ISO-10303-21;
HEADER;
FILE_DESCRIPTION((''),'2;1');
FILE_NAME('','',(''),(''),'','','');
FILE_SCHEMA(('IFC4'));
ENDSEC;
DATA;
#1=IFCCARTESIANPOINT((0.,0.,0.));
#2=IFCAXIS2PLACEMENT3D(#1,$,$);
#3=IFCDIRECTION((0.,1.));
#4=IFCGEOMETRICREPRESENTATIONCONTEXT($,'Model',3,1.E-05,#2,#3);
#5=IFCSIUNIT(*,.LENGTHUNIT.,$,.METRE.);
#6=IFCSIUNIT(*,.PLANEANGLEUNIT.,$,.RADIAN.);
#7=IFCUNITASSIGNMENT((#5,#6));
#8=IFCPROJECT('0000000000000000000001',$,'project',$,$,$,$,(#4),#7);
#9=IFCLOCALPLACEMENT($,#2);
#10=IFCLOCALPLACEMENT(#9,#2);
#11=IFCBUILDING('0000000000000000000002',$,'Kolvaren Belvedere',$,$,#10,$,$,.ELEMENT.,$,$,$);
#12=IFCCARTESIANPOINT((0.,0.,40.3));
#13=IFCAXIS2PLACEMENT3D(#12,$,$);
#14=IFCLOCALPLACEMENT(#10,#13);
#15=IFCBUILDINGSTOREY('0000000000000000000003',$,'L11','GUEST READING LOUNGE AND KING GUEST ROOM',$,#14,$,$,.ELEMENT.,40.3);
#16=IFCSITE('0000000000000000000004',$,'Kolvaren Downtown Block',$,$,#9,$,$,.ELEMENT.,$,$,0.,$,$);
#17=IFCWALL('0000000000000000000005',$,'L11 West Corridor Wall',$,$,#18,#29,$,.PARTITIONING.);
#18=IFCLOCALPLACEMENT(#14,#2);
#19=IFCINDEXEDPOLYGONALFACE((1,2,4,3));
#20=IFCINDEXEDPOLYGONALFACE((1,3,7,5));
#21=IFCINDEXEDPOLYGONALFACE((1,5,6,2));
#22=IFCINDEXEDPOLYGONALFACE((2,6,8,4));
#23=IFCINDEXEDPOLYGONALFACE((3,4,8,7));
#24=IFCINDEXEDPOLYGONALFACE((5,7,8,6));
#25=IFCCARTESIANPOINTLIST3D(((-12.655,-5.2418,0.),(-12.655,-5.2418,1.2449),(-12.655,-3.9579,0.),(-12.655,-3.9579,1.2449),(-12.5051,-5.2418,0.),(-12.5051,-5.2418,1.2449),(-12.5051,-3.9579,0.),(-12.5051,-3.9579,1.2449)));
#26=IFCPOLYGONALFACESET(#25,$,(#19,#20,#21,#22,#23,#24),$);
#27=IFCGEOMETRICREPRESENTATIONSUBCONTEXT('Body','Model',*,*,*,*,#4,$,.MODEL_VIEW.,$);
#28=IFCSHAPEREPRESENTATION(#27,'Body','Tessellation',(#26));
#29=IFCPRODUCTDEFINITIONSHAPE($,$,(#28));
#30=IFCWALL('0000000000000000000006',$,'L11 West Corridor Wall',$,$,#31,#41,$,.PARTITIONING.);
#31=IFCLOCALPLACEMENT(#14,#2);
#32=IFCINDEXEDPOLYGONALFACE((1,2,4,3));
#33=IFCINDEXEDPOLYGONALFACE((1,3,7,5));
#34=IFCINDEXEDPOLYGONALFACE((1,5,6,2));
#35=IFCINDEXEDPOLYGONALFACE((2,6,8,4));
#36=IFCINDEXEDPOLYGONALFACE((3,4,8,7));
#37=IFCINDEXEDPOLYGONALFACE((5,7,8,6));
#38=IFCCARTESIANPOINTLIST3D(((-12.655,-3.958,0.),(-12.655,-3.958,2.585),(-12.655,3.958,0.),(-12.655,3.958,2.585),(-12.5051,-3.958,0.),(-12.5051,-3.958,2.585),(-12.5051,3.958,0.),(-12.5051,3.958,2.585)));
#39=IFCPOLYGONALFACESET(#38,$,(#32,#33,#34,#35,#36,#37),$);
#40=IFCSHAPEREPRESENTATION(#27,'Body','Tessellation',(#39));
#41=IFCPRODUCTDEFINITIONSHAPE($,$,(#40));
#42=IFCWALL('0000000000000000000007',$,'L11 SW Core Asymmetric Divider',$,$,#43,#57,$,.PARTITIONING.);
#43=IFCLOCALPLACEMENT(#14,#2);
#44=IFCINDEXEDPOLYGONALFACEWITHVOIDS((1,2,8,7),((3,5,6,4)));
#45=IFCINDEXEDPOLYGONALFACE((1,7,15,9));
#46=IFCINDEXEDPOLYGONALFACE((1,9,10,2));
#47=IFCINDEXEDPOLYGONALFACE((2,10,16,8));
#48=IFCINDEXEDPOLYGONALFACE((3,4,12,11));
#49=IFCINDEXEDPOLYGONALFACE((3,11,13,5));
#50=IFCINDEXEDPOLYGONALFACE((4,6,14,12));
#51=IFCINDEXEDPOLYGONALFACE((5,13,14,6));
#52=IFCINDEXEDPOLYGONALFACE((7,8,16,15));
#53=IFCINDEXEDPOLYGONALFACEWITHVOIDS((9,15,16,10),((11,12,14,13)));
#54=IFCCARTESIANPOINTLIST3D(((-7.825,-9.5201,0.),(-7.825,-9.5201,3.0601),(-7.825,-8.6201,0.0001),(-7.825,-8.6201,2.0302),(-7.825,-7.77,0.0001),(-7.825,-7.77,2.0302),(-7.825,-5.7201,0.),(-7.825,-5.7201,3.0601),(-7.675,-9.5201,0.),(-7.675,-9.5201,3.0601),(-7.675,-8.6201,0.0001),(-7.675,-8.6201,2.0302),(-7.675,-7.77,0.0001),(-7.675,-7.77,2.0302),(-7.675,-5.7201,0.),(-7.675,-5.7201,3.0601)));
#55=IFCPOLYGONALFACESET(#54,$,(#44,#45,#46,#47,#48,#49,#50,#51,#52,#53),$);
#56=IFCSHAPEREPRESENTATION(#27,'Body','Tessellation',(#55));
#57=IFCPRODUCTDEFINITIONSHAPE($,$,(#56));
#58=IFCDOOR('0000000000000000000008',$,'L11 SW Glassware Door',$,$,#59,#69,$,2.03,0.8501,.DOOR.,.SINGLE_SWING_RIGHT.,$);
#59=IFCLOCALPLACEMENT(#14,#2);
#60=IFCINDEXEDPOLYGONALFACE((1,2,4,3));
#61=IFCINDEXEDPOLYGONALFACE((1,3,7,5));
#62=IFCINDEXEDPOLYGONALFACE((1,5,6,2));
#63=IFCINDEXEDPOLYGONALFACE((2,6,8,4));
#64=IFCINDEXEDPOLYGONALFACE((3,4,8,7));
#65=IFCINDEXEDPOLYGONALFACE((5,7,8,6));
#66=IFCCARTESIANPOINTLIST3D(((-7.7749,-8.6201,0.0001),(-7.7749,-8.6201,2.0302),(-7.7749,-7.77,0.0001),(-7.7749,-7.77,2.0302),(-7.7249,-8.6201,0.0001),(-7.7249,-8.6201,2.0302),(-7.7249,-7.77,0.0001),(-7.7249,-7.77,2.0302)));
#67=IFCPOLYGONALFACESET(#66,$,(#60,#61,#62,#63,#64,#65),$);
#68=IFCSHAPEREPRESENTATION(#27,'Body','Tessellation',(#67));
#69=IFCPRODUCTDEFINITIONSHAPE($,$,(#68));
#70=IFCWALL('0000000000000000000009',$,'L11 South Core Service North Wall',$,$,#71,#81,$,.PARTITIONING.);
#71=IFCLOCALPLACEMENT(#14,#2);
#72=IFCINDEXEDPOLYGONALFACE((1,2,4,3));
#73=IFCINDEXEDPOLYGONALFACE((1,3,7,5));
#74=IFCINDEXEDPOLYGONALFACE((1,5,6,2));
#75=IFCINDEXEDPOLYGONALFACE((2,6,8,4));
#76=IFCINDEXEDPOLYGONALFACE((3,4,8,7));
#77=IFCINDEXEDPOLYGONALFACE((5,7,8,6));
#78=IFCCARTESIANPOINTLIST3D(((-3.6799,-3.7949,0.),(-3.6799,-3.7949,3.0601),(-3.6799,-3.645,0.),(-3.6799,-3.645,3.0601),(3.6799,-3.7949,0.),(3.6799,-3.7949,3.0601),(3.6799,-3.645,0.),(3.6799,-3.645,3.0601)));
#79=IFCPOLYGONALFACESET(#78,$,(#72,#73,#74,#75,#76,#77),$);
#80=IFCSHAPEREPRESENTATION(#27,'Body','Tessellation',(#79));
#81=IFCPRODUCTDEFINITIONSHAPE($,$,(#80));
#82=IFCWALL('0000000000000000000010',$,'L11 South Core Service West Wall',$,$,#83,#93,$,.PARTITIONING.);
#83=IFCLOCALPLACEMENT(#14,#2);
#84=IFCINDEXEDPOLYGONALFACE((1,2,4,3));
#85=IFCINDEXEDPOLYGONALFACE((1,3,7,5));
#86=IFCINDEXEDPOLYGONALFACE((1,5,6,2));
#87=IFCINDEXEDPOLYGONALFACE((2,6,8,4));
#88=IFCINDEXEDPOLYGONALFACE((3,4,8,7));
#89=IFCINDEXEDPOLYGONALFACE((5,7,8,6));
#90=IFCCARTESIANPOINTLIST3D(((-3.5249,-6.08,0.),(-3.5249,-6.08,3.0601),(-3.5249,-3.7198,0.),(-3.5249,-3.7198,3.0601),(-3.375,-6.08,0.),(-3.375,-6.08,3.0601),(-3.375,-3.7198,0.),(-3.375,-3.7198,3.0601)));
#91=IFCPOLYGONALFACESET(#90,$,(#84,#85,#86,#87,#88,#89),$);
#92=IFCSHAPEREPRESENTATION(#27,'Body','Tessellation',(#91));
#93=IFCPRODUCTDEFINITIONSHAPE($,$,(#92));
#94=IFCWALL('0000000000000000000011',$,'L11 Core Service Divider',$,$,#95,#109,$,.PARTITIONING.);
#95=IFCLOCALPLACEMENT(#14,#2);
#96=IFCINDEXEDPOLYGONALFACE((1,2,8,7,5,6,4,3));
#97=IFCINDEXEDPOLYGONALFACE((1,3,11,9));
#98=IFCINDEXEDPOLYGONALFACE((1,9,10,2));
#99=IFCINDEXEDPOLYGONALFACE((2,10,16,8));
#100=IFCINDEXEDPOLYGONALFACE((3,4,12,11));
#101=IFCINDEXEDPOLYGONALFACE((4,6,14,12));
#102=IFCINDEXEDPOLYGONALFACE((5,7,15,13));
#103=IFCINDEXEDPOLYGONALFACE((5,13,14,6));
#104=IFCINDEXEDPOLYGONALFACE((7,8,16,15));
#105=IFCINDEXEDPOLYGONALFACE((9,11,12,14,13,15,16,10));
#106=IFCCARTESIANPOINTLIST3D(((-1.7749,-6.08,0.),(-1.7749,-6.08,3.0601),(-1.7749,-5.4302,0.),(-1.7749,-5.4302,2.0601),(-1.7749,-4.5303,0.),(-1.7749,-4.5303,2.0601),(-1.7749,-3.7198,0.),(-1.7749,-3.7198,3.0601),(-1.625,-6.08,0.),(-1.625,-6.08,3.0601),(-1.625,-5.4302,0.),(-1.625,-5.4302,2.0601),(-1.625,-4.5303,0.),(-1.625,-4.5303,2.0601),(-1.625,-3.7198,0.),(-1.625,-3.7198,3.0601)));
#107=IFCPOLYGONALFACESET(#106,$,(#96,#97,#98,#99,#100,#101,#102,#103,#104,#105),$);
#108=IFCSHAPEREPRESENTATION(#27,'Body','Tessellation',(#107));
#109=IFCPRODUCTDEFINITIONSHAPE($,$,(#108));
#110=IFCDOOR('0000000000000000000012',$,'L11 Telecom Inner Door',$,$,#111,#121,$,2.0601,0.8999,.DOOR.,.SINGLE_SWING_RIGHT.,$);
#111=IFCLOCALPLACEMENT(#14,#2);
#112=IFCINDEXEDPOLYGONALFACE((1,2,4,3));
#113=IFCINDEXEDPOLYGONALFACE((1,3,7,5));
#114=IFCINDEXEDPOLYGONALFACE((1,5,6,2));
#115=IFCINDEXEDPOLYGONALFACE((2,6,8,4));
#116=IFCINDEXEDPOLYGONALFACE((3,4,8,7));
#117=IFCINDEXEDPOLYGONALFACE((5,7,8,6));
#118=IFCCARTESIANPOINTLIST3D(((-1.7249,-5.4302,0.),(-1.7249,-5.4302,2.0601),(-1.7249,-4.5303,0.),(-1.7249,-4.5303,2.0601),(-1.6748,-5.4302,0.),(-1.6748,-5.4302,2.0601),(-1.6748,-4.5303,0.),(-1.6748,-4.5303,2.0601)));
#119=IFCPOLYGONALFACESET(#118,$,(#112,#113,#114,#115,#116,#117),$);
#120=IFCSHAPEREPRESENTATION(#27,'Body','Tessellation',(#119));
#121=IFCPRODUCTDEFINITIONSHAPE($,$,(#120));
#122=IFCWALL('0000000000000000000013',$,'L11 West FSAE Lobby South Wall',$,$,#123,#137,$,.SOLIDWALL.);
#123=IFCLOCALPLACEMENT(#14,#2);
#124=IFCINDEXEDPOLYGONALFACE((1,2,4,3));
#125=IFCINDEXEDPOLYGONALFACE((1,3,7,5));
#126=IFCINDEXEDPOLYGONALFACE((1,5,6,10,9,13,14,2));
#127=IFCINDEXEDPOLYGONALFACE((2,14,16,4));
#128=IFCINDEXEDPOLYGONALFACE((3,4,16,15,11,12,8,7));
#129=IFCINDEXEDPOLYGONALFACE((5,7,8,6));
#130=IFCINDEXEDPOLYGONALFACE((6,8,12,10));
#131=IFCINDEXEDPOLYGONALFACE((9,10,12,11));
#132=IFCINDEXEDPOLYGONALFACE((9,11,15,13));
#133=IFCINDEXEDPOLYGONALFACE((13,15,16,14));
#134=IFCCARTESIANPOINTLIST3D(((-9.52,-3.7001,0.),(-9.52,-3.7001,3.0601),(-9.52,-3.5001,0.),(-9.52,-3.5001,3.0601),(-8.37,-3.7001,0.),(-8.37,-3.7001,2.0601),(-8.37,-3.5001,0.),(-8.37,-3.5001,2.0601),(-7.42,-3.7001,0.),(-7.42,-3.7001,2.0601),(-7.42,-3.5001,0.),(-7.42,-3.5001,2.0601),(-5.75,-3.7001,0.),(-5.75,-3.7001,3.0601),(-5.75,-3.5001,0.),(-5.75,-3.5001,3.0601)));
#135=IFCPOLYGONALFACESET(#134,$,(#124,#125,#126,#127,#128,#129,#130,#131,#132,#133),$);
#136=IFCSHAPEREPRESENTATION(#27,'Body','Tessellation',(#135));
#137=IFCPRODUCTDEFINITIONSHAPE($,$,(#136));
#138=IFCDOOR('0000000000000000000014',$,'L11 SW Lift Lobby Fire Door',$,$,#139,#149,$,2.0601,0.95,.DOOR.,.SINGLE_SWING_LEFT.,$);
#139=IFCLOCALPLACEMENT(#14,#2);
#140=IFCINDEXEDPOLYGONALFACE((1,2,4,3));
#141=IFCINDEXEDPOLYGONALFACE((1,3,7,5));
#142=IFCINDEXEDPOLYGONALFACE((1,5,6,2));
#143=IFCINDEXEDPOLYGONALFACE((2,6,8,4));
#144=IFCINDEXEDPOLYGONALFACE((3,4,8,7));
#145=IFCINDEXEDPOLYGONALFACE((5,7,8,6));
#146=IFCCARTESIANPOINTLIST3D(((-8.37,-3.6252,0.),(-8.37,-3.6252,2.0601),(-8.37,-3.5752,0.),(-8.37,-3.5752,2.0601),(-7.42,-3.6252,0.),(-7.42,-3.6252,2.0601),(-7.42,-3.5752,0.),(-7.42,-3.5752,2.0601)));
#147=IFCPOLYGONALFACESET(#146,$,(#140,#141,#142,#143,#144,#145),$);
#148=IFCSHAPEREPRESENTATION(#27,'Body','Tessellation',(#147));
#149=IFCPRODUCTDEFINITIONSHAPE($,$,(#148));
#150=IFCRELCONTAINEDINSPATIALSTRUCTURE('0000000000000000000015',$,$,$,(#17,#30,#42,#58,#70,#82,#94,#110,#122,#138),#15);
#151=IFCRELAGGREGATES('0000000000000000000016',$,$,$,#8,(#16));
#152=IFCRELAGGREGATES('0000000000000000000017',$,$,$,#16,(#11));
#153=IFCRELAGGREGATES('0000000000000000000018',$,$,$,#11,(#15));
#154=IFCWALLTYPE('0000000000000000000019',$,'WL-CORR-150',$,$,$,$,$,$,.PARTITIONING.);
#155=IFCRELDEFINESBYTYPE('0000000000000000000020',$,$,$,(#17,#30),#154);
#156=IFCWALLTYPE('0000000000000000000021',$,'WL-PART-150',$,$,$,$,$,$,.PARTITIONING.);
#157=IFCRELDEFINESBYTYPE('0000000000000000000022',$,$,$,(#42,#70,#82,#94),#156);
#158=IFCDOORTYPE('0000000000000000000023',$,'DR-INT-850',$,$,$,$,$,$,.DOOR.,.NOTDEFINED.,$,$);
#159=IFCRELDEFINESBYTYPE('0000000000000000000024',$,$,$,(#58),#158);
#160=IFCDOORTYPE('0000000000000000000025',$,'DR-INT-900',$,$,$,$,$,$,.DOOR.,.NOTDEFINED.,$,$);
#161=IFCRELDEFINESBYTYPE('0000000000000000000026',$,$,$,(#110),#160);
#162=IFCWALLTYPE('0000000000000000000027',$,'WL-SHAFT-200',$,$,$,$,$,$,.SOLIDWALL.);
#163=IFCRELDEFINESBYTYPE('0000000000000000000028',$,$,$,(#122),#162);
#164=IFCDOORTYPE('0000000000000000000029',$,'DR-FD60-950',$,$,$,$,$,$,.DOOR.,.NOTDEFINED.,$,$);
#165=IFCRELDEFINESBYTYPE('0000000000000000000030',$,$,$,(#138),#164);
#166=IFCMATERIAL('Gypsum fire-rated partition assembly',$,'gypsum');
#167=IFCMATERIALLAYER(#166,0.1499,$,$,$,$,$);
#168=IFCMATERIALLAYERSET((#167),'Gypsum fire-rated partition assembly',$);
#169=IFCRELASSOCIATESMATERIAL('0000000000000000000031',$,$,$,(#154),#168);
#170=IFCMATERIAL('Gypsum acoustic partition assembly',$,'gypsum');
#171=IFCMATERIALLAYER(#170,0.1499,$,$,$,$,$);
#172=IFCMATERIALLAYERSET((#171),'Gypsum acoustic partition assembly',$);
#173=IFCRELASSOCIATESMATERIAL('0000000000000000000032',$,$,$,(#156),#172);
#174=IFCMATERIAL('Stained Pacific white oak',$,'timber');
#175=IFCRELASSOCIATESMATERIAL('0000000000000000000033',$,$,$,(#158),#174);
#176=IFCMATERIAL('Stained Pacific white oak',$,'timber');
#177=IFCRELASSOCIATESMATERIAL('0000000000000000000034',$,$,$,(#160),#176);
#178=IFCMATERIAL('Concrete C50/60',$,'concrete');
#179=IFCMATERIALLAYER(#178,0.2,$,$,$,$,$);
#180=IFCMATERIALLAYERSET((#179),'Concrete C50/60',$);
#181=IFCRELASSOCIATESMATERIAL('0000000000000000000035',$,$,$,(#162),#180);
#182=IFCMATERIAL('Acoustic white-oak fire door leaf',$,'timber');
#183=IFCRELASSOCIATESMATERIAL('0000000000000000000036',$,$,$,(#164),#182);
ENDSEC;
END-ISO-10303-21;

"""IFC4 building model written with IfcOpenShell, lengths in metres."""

from ifc_helpers import new_model, si_unit, direction, frame, frame_2d, origin, place, context, subcontext, project, spatial, rectangle, extrude, material, layer, layer_set, type_object, element, fill, save


model = new_model("IFC4")

# Units and contexts
model_context = context("Model", 3, precision=1e-05, world=origin(), true_north=direction((0.0, 1.0)))
body_context = subcontext(model_context, "Body", "Model", "MODEL_VIEW")
ifc_project = project(units=[si_unit("LENGTHUNIT", "METRE"), si_unit("PLANEANGLEUNIT", "RADIAN")], contexts=[model_context])

# Site, building, storey
site_placement = place(None, origin())
site = spatial("IfcSite", under=ifc_project, at=site_placement, Name="Kolvaren Downtown Block", CompositionType="ELEMENT", RefElevation=0.0)
building_placement = place(site_placement, origin())
building = spatial("IfcBuilding", under=site, at=building_placement, Name="Kolvaren Belvedere", CompositionType="ELEMENT")
storey_placement = place(building_placement, frame((0.0, 0.0, 40.3)))
storey = spatial("IfcBuildingStorey", under=building, at=storey_placement, Name="L11", Description="GUEST READING LOUNGE AND KING GUEST ROOM", CompositionType="ELEMENT", Elevation=40.3)

# Walls
ifc_material_1 = material(Name="Gypsum fire-rated partition assembly", Category="gypsum")
ifc_layer_1 = layer(ifc_material_1, 0.1499)
ifc_layer_set_1 = layer_set([ifc_layer_1], Name="Gypsum fire-rated partition assembly")
wall_type_1 = type_object("IfcWallType", Name="WL-CORR-150", PredefinedType="PARTITIONING", material=ifc_layer_set_1)
wall_1_placement = place(storey_placement, frame((-12.5801, -5.2419, 0.0), z_axis=(0.0, 0.0, 1.0), x_axis=(0.0, 1.0, 0.0)))
element("IfcWall", 1, at=wall_1_placement, inside=storey, type_object=wall_type_1, Name="L11 West Corridor Wall", PredefinedType="PARTITIONING", context=body_context, shape_type="SweptSolid", body=[
    extrude(rectangle(XDim=1.2839, YDim=0.1499, at=frame_2d((0.6421, 0.0))), origin(), (0.0, 0.0, 1.0), 1.2449),
])
wall_2_placement = place(storey_placement, frame((-12.5801, -3.958, 0.0), z_axis=(0.0, 0.0, 1.0), x_axis=(0.0, 1.0, 0.0)))
element("IfcWall", 2, at=wall_2_placement, inside=storey, type_object=wall_type_1, Name="L11 West Corridor Wall", PredefinedType="PARTITIONING", context=body_context, shape_type="SweptSolid", body=[
    extrude(rectangle(XDim=7.916, YDim=0.1499, at=frame_2d((3.958, 0.0))), origin(), (0.0, 0.0, 1.0), 2.585),
])

# Wall, opening, door
ifc_material_2 = material(Name="Gypsum acoustic partition assembly", Category="gypsum")
ifc_layer_2 = layer(ifc_material_2, 0.1499)
ifc_layer_set_2 = layer_set([ifc_layer_2], Name="Gypsum acoustic partition assembly")
wall_type_2 = type_object("IfcWallType", Name="WL-PART-150", PredefinedType="PARTITIONING", material=ifc_layer_set_2)
wall_3_placement = place(storey_placement, frame((-7.75, -9.52, 0.0), z_axis=(0.0, 0.0, 1.0), x_axis=(0.0, 1.0, 0.0)))
wall_3 = element("IfcWall", 3, at=wall_3_placement, inside=storey, type_object=wall_type_2, Name="L11 SW Core Asymmetric Divider", PredefinedType="PARTITIONING", context=body_context, shape_type="SweptSolid", body=[
    extrude(rectangle(XDim=3.8, YDim=0.1499, at=frame_2d((1.8999, 0.0))), origin(), (0.0, 0.0, 1.0), 3.0601),
])
opening_1_placement = place(wall_3_placement, frame((0.8999, 0.0, 0.0)))
opening_1 = element("IfcOpeningElement", 4, at=opening_1_placement, cuts=wall_3, PredefinedType="OPENING", context=body_context, shape_type="SweptSolid", body=[
    extrude(rectangle(XDim=0.8501, YDim=2.03, at=frame_2d((0.425, 1.0151))), frame((0.0, 0.085, 0.0), z_axis=(0.0, -1.0, 0.0), x_axis=(1.0, 0.0, 0.0)), (0.0, 0.0, 1.0), 0.1699),
])
ifc_material_3 = material(Name="Stained Pacific white oak", Category="timber")
door_type_1 = type_object("IfcDoorType", Name="DR-INT-850", OperationType="NOTDEFINED", PredefinedType="DOOR", material=ifc_material_3)
door_1_placement = place(opening_1_placement, origin())
door_1 = element("IfcDoor", 5, at=door_1_placement, inside=storey, type_object=door_type_1, Name="L11 SW Glassware Door", OperationType="SINGLE_SWING_RIGHT", OverallHeight=2.03, OverallWidth=0.8501, PredefinedType="DOOR", context=body_context, shape_type="SweptSolid", body=[
    extrude(rectangle(XDim=0.8501, YDim=2.03, at=frame_2d((0.425, 1.0151))), frame((0.0, 0.0249, 0.0), z_axis=(0.0, -1.0, 0.0), x_axis=(1.0, 0.0, 0.0)), (0.0, 0.0, 1.0), 0.05),
])
fill(opening_1, door_1)

# Walls
wall_4_placement = place(storey_placement, frame((-3.6799, -3.72, 0.0), z_axis=(0.0, 0.0, 1.0), x_axis=(1.0, 0.0, 0.0)))
element("IfcWall", 6, at=wall_4_placement, inside=storey, type_object=wall_type_2, Name="L11 South Core Service North Wall", PredefinedType="PARTITIONING", context=body_context, shape_type="SweptSolid", body=[
    extrude(rectangle(XDim=7.3599, YDim=0.1499, at=frame_2d((3.6799, 0.0))), origin(), (0.0, 0.0, 1.0), 3.0601),
])
wall_5_placement = place(storey_placement, frame((-3.45, -6.0801, 0.0), z_axis=(0.0, 0.0, 1.0), x_axis=(0.0, 1.0, 0.0)))
element("IfcWall", 7, at=wall_5_placement, inside=storey, type_object=wall_type_2, Name="L11 South Core Service West Wall", PredefinedType="PARTITIONING", context=body_context, shape_type="SweptSolid", body=[
    extrude(rectangle(XDim=2.3601, YDim=0.1499, at=frame_2d((1.1802, 0.0))), origin(), (0.0, 0.0, 1.0), 3.0601),
])

# Walls, openings, doors
wall_6_placement = place(storey_placement, frame((-1.7, -6.0801, 0.0), z_axis=(0.0, 0.0, 1.0), x_axis=(0.0, 1.0, 0.0)))
wall_6 = element("IfcWall", 8, at=wall_6_placement, inside=storey, type_object=wall_type_2, Name="L11 Core Service Divider", PredefinedType="PARTITIONING", context=body_context, shape_type="SweptSolid", body=[
    extrude(rectangle(XDim=2.3601, YDim=0.1499, at=frame_2d((1.1802, 0.0))), origin(), (0.0, 0.0, 1.0), 3.0601),
])
opening_2_placement = place(wall_6_placement, frame((0.6499, 0.0, 0.0)))
opening_2 = element("IfcOpeningElement", 9, at=opening_2_placement, cuts=wall_6, PredefinedType="OPENING", context=body_context, shape_type="SweptSolid", body=[
    extrude(rectangle(XDim=0.8999, YDim=2.0601, at=frame_2d((0.45, 1.03))), frame((0.0, 0.085, 0.0), z_axis=(0.0, -1.0, 0.0), x_axis=(1.0, 0.0, 0.0)), (0.0, 0.0, 1.0), 0.1699),
])
ifc_material_4 = material(Name="Stained Pacific white oak", Category="timber")
door_type_2 = type_object("IfcDoorType", Name="DR-INT-900", OperationType="NOTDEFINED", PredefinedType="DOOR", material=ifc_material_4)
door_2_placement = place(opening_2_placement, origin())
door_2 = element("IfcDoor", 10, at=door_2_placement, inside=storey, type_object=door_type_2, Name="L11 Telecom Inner Door", OperationType="SINGLE_SWING_RIGHT", OverallHeight=2.0601, OverallWidth=0.8999, PredefinedType="DOOR", context=body_context, shape_type="SweptSolid", body=[
    extrude(rectangle(XDim=0.8999, YDim=2.0601, at=frame_2d((0.45, 1.03))), frame((0.0, 0.0249, 0.0), z_axis=(0.0, -1.0, 0.0), x_axis=(1.0, 0.0, 0.0)), (0.0, 0.0, 1.0), 0.05),
])
fill(opening_2, door_2)
ifc_material_5 = material(Name="Concrete C50/60", Category="concrete")
ifc_layer_3 = layer(ifc_material_5, 0.2)
ifc_layer_set_3 = layer_set([ifc_layer_3], Name="Concrete C50/60")
wall_type_3 = type_object("IfcWallType", Name="WL-SHAFT-200", PredefinedType="SOLIDWALL", material=ifc_layer_set_3)
wall_7_placement = place(storey_placement, frame((-9.52, -3.6001, 0.0), z_axis=(0.0, 0.0, 1.0), x_axis=(1.0, 0.0, 0.0)))
wall_7 = element("IfcWall", 11, at=wall_7_placement, inside=storey, type_object=wall_type_3, Name="L11 West FSAE Lobby South Wall", PredefinedType="SOLIDWALL", context=body_context, shape_type="SweptSolid", body=[
    extrude(rectangle(XDim=3.77, YDim=0.2, at=frame_2d((1.885, 0.0))), origin(), (0.0, 0.0, 1.0), 3.0601),
])
opening_3_placement = place(wall_7_placement, frame((1.1499, 0.0, 0.0)))
opening_3 = element("IfcOpeningElement", 12, at=opening_3_placement, cuts=wall_7, PredefinedType="OPENING", context=body_context, shape_type="SweptSolid", body=[
    extrude(rectangle(XDim=0.95, YDim=2.0601, at=frame_2d((0.4751, 1.03))), frame((0.0, 0.1099, 0.0), z_axis=(0.0, -1.0, 0.0), x_axis=(1.0, 0.0, 0.0)), (0.0, 0.0, 1.0), 0.22),
])
ifc_material_6 = material(Name="Acoustic white-oak fire door leaf", Category="timber")
door_type_3 = type_object("IfcDoorType", Name="DR-FD60-950", OperationType="NOTDEFINED", PredefinedType="DOOR", material=ifc_material_6)
door_3_placement = place(opening_3_placement, origin())
door_3 = element("IfcDoor", 13, at=door_3_placement, inside=storey, type_object=door_type_3, Name="L11 SW Lift Lobby Fire Door", OperationType="SINGLE_SWING_LEFT", OverallHeight=2.0601, OverallWidth=0.95, PredefinedType="DOOR", context=body_context, shape_type="SweptSolid", body=[
    extrude(rectangle(XDim=0.95, YDim=2.0601, at=frame_2d((0.4751, 1.03))), frame((0.0, 0.0249, 0.0), z_axis=(0.0, -1.0, 0.0), x_axis=(1.0, 0.0, 0.0)), (0.0, 0.0, 1.0), 0.05),
])
fill(opening_3, door_3)

save(model, "model.ifc")
